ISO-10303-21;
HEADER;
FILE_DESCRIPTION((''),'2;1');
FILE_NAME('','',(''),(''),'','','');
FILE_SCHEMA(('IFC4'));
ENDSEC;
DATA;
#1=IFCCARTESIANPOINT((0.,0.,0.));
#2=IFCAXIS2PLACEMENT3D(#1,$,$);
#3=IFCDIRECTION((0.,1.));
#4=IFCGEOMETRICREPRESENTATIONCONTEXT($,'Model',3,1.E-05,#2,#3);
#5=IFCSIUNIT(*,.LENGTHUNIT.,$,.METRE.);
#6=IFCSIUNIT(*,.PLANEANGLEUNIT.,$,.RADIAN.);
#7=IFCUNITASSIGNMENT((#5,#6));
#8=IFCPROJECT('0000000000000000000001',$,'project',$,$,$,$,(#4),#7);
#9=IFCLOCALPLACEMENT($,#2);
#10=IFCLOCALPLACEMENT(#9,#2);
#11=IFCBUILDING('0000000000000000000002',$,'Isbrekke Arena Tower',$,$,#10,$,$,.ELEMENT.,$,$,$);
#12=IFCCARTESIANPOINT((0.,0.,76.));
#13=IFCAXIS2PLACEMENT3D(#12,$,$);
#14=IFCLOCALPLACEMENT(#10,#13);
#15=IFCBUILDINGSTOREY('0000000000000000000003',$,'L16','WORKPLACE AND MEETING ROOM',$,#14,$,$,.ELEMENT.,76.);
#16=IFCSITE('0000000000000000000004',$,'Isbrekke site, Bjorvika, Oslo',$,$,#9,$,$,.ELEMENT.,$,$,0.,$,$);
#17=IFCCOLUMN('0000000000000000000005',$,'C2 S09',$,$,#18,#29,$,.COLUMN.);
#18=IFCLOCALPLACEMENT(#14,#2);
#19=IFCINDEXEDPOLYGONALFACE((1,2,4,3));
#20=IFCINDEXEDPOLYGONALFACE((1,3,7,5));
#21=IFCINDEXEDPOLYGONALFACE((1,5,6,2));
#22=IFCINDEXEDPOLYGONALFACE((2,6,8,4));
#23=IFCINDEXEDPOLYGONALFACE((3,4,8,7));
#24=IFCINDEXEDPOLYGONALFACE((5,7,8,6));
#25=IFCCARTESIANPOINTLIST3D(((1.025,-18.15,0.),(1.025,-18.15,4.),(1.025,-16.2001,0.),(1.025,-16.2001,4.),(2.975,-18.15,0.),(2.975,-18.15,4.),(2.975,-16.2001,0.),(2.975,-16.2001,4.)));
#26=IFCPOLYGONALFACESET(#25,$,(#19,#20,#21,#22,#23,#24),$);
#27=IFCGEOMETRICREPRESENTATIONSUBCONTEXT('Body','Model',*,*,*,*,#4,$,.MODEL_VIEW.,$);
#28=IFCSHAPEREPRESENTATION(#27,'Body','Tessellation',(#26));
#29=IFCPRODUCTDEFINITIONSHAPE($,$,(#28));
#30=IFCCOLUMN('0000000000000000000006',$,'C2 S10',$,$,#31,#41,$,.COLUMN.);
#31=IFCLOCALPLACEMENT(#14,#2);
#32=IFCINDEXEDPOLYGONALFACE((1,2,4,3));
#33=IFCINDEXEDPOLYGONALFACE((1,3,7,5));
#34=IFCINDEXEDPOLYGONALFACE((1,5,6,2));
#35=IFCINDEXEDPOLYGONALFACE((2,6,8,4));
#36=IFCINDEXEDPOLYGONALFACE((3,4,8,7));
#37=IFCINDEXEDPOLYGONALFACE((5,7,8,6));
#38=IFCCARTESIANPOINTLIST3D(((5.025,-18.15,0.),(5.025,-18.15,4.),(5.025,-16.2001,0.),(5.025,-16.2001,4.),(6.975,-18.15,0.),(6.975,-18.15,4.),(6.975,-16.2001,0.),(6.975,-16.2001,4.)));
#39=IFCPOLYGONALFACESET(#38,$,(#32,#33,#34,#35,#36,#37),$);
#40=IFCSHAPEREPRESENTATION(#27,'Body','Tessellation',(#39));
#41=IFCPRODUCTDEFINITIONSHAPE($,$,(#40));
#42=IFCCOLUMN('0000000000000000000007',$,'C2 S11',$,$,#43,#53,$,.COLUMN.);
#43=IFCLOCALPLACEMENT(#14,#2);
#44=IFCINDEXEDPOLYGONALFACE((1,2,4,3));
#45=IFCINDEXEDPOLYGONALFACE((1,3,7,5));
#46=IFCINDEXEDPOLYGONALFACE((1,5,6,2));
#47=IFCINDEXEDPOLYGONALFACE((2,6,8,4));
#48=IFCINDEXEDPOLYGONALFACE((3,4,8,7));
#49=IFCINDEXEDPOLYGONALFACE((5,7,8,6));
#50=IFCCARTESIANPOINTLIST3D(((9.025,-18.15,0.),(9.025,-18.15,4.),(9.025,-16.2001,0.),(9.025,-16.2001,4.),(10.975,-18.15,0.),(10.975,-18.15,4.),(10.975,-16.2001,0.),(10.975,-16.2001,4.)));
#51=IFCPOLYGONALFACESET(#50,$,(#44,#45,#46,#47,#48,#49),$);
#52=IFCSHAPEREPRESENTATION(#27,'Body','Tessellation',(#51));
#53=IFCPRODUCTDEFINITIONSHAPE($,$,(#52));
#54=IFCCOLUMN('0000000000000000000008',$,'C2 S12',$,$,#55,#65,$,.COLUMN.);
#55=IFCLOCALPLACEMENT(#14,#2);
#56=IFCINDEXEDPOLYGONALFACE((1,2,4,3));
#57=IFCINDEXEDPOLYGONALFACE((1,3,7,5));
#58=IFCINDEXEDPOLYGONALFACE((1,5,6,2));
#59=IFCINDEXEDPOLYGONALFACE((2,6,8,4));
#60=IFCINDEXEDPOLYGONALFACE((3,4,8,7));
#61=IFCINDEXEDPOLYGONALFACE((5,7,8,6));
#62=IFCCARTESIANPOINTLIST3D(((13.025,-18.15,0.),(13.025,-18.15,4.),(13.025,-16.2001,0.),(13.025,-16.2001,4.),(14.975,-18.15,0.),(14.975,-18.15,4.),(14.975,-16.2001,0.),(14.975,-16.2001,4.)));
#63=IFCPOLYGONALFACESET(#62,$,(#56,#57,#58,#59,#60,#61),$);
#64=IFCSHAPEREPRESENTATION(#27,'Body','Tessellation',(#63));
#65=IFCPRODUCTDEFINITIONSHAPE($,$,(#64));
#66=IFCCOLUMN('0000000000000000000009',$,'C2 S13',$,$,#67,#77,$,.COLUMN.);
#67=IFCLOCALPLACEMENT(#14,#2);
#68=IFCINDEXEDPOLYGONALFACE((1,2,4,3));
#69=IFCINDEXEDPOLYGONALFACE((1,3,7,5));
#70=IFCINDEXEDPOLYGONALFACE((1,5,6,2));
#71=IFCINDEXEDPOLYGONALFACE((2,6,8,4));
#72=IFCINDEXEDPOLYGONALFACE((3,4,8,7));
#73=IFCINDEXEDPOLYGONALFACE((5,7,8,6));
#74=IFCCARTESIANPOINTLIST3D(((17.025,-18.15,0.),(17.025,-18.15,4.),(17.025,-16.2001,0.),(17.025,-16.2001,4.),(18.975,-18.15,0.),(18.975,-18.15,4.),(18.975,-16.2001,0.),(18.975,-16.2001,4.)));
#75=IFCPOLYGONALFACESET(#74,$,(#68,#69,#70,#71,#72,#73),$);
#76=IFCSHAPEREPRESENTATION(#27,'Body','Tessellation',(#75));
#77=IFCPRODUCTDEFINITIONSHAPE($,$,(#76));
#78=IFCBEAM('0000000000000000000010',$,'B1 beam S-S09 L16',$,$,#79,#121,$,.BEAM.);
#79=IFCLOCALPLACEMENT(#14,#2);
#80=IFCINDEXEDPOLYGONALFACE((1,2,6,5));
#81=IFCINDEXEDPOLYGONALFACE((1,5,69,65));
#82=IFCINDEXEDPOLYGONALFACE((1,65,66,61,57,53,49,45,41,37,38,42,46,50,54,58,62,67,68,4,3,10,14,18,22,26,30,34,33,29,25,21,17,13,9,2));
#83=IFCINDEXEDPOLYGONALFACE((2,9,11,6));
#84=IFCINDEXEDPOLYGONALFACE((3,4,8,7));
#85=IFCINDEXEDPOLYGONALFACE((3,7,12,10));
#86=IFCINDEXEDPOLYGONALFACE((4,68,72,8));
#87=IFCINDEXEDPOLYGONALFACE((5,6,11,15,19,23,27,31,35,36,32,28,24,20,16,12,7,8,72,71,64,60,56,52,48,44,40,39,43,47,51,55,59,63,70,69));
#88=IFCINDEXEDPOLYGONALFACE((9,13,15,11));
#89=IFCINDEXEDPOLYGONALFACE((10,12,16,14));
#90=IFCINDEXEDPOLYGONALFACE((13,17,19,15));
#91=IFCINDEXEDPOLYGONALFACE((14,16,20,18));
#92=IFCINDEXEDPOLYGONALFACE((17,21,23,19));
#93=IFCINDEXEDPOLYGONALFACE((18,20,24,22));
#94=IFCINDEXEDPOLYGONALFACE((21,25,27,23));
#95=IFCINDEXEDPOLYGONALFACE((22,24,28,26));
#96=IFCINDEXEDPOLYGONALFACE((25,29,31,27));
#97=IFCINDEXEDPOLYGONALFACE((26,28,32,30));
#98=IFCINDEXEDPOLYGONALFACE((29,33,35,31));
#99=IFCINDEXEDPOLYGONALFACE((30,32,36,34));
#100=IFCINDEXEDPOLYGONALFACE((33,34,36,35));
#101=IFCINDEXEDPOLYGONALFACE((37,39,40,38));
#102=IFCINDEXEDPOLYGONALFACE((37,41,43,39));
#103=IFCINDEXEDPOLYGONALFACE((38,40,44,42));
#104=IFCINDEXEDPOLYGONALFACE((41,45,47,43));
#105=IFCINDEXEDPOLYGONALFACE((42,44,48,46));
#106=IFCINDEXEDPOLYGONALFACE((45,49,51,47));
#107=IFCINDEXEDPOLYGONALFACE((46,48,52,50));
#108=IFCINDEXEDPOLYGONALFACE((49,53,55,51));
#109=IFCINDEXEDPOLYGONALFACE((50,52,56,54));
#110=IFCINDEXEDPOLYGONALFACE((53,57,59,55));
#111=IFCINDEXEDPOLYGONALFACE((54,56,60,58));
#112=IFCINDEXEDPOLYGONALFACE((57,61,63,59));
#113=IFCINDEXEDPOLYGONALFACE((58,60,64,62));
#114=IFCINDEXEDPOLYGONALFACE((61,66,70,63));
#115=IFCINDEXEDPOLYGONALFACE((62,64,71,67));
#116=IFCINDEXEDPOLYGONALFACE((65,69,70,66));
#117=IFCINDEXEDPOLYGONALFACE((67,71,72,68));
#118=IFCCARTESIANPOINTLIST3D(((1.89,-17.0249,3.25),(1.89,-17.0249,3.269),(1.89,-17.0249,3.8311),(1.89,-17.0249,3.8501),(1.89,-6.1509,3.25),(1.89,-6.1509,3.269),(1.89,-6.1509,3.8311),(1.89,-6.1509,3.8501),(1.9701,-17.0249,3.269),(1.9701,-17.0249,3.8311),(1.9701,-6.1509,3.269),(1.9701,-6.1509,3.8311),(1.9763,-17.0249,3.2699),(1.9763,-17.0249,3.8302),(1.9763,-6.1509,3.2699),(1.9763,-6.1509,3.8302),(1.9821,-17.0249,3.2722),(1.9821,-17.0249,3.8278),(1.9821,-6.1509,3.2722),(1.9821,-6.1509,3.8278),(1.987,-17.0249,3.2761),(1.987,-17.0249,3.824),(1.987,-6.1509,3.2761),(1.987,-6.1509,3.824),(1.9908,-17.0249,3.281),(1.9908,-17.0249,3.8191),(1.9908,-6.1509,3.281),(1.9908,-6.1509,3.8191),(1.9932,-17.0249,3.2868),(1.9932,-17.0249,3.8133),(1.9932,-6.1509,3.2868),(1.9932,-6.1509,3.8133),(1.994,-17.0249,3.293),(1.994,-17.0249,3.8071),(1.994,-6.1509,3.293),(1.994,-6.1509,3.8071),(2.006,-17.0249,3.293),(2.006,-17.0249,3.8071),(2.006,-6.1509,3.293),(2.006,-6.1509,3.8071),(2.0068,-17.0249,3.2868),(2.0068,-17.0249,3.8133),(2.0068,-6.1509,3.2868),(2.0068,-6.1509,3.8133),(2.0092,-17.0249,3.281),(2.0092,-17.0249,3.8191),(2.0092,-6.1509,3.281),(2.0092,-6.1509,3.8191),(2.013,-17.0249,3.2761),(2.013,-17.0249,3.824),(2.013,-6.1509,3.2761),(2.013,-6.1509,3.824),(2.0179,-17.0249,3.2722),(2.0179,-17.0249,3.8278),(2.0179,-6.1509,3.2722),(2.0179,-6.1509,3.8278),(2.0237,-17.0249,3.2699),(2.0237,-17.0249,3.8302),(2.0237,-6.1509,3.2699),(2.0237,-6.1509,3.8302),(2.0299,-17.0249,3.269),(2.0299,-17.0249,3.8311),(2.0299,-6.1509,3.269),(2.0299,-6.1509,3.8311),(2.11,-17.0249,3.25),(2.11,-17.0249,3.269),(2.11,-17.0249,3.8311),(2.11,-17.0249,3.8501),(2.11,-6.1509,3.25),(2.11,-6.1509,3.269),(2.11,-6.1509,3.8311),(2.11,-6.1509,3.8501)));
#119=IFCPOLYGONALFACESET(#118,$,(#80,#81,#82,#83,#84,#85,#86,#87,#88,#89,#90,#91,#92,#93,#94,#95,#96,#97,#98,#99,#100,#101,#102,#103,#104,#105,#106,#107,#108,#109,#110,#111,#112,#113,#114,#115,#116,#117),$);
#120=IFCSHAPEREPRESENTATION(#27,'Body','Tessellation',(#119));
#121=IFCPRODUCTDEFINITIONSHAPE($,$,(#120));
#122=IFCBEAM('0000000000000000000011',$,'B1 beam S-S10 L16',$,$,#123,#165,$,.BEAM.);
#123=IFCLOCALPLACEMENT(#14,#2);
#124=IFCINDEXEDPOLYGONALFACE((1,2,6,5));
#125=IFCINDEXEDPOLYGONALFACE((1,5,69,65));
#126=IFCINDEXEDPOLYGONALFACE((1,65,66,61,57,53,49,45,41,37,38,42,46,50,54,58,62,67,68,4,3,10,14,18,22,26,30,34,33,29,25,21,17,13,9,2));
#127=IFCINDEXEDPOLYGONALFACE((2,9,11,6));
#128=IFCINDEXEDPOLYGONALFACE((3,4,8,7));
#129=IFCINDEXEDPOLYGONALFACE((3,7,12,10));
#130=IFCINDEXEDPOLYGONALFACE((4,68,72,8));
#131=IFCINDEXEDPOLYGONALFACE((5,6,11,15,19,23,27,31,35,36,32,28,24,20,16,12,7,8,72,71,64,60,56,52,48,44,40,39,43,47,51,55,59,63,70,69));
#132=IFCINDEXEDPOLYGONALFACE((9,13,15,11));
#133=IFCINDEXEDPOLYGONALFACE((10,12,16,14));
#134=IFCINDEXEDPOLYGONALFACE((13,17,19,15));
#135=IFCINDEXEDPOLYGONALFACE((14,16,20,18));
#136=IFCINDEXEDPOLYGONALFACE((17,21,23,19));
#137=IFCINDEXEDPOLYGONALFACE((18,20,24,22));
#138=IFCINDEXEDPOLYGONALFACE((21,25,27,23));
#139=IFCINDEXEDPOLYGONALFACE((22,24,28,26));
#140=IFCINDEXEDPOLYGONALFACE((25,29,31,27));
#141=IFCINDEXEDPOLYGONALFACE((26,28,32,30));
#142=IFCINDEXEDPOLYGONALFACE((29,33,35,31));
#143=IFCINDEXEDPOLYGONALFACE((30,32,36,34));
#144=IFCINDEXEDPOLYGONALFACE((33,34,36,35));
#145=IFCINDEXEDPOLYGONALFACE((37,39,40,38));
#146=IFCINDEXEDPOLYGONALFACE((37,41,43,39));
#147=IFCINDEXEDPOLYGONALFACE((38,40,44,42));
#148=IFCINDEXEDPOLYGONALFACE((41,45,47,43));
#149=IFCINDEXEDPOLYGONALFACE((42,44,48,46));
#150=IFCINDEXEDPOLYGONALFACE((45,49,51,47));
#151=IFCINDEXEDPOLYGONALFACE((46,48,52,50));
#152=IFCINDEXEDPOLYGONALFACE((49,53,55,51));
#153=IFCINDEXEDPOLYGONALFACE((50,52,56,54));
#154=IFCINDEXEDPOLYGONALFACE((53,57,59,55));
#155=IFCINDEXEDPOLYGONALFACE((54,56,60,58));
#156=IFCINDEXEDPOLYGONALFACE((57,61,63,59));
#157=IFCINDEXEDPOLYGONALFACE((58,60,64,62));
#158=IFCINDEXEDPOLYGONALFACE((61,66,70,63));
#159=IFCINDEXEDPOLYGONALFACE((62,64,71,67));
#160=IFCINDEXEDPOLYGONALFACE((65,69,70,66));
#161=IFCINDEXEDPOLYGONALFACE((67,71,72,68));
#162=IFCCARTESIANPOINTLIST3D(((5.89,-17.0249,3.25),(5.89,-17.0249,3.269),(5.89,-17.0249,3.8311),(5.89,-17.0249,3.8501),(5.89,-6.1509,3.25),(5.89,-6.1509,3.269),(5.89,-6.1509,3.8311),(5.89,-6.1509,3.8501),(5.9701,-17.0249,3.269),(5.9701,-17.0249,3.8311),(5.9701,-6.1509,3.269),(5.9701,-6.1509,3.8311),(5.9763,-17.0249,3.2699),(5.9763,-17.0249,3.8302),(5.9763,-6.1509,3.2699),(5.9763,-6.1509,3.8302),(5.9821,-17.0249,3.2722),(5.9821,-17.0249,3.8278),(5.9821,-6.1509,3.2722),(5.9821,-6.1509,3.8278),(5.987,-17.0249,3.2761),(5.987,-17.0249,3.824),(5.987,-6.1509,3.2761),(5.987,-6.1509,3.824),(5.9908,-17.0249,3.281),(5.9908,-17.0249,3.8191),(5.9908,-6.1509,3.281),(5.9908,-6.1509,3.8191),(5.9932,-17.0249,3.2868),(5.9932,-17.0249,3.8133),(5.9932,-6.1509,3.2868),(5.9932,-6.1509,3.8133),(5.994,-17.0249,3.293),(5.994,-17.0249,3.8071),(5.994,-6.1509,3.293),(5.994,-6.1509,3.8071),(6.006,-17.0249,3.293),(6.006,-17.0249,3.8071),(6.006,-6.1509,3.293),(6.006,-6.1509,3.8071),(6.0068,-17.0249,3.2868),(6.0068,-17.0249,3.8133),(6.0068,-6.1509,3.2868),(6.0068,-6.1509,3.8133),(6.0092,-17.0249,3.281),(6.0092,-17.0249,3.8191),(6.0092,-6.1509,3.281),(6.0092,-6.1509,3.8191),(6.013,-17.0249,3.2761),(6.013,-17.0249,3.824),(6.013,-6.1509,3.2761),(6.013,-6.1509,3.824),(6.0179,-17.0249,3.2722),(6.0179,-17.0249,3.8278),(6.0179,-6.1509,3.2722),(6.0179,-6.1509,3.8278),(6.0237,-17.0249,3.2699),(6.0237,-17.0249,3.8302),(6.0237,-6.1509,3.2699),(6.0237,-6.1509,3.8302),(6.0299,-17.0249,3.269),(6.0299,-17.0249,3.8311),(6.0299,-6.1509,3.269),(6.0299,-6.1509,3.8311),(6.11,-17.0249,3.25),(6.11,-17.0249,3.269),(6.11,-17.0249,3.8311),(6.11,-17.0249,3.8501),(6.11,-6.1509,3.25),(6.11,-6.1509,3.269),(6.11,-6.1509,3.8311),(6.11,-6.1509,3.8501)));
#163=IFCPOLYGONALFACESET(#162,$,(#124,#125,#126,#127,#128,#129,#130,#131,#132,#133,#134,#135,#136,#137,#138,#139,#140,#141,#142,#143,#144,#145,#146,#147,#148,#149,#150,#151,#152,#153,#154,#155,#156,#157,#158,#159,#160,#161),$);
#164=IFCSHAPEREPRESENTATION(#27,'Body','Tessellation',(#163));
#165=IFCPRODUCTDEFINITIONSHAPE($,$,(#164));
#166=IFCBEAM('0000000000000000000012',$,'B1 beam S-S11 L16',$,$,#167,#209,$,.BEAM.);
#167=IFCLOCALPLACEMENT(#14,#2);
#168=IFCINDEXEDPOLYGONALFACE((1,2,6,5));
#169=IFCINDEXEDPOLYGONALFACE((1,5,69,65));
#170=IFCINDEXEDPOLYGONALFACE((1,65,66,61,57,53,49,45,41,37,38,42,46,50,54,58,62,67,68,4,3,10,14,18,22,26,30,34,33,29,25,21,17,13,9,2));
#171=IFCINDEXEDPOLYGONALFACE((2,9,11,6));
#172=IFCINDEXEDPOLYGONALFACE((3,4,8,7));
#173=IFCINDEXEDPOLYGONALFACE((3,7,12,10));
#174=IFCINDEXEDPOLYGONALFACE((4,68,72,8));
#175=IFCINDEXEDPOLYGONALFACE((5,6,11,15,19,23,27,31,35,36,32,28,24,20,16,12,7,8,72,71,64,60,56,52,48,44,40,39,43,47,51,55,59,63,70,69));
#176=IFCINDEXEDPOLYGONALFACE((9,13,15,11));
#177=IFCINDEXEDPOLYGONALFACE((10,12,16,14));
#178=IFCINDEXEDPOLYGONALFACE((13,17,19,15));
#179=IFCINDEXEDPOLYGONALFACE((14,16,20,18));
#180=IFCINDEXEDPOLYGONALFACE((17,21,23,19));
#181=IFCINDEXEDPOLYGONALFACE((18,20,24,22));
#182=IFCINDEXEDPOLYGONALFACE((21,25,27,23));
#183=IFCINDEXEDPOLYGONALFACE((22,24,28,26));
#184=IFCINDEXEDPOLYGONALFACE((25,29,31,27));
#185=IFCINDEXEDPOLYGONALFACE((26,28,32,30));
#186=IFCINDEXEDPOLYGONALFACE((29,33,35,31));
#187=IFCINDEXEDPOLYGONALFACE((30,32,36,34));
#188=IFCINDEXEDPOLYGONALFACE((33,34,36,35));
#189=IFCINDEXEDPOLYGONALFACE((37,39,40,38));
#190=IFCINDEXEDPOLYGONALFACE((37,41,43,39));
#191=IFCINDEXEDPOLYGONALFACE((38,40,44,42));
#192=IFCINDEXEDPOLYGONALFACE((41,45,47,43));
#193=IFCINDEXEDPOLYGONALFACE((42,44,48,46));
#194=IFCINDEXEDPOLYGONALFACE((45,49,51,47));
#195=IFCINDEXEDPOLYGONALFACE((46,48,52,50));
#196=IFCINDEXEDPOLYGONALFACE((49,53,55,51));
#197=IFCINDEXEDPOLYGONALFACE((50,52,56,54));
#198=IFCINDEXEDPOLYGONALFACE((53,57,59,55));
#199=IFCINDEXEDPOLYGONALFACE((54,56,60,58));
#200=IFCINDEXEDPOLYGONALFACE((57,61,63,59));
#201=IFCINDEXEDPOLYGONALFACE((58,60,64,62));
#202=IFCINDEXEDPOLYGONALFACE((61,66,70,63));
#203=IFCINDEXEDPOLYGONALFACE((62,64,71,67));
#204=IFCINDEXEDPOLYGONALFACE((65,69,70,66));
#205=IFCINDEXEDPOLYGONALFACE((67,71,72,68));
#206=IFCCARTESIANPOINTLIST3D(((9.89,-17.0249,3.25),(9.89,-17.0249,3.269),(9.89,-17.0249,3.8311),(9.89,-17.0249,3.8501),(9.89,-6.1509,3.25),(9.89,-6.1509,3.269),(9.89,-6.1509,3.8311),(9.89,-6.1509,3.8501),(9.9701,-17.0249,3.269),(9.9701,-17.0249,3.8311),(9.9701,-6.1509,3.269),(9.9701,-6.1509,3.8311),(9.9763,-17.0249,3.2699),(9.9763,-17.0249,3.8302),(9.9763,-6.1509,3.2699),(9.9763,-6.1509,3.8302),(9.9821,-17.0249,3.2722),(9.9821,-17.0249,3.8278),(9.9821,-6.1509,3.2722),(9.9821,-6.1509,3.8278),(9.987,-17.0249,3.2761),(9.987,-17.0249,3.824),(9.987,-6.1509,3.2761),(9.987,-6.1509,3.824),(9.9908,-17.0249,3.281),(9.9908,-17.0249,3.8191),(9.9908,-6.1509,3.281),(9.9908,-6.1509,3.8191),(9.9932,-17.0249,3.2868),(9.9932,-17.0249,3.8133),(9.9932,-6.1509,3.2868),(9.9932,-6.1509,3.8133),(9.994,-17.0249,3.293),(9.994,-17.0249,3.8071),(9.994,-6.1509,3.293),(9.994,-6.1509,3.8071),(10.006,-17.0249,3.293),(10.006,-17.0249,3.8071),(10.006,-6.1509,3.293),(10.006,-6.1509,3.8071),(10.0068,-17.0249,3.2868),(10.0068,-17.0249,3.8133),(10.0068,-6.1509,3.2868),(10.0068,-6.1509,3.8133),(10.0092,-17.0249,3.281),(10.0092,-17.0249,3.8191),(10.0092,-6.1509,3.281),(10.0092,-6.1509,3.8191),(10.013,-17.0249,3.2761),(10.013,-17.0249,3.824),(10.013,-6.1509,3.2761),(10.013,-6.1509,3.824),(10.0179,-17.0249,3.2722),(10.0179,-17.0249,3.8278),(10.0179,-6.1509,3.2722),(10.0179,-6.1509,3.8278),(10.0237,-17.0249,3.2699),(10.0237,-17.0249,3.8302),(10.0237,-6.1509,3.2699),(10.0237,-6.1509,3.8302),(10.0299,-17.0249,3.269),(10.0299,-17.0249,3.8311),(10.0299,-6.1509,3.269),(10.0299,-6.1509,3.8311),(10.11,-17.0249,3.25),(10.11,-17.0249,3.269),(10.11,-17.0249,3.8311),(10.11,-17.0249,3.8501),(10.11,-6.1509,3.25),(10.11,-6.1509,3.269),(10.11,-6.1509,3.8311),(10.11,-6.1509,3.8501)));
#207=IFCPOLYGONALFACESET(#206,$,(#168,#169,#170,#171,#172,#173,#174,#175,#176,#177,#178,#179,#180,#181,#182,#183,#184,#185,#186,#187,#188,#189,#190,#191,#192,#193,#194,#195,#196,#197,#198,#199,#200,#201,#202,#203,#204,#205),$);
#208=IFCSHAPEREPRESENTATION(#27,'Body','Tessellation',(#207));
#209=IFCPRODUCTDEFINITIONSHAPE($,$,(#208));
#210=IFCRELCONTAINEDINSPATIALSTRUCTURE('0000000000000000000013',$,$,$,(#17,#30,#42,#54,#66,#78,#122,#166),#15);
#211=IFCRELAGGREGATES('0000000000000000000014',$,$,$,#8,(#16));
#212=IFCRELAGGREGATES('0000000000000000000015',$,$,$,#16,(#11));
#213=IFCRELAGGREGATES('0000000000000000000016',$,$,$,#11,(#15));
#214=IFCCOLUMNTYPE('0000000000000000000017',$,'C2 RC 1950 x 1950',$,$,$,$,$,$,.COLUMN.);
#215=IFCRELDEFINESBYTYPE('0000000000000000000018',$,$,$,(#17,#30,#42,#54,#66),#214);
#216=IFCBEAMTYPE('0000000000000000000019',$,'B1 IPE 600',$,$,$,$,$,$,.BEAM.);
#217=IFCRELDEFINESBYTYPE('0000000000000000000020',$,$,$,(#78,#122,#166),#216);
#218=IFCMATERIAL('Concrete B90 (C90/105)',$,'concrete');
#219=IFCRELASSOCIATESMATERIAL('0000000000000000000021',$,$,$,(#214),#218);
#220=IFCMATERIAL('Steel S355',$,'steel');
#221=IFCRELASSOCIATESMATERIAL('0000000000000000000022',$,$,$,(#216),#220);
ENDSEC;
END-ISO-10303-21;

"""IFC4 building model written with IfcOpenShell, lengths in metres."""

from ifc_helpers import new_model, si_unit, direction, frame, origin, origin_2d, place, context, subcontext, project, spatial, rectangle, i_section, extrude, material, material_profile, profile_set, type_object, element, save


model = new_model("IFC4")

# Units and contexts
model_context = context("Model", 3, precision=1e-05, world=origin(), true_north=direction((0.0, 1.0)))
body_context = subcontext(model_context, "Body", "Model", "MODEL_VIEW")
ifc_project = project(units=[si_unit("LENGTHUNIT", "METRE"), si_unit("PLANEANGLEUNIT", "RADIAN")], contexts=[model_context])

# Site, building, storey
site_placement = place(None, origin())
site = spatial("IfcSite", under=ifc_project, at=site_placement, Name="Isbrekke site, Bjorvika, Oslo", CompositionType="ELEMENT", RefElevation=0.0)
building_placement = place(site_placement, origin())
building = spatial("IfcBuilding", under=site, at=building_placement, Name="Isbrekke Arena Tower", CompositionType="ELEMENT")
storey_placement = place(building_placement, frame((0.0, 0.0, 76.0)))
storey = spatial("IfcBuildingStorey", under=building, at=storey_placement, Name="L16", Description="WORKPLACE AND MEETING ROOM", CompositionType="ELEMENT", Elevation=76.0)

# Columns
ifc_material_1 = material(Name="Concrete B90 (C90/105)", Category="concrete")
ifc_material_profile_1 = material_profile(ifc_material_1, rectangle(XDim=1.95, YDim=1.95, at=origin_2d()), Name="RC 1950x1950")
ifc_profile_set_1 = profile_set([ifc_material_profile_1], Name="Concrete B90 (C90/105)")
column_type = type_object("IfcColumnType", Name="C2 RC 1950 x 1950", PredefinedType="COLUMN", material=ifc_profile_set_1)
for number, where, z_axis, x_axis, name in (
    (1, (2.0, -17.175, 0.0), (0.0, 0.0, 1.0), (1.0, 0.0, 0.0), "C2 S09"),
    (2, (6.0, -17.175, 0.0), (0.0, 0.0, 1.0), (1.0, 0.0, 0.0), "C2 S10"),
    (3, (10.0, -17.175, 0.0), (0.0, 0.0, 1.0), (1.0, 0.0, 0.0), "C2 S11"),
    (4, (14.0, -17.175, 0.0), (0.0, 0.0, 1.0), (1.0, 0.0, 0.0), "C2 S12"),
    (5, (18.0, -17.175, 0.0), (0.0, 0.0, 1.0), (1.0, 0.0, 0.0), "C2 S13"),
):
    element("IfcColumn", number, at=place(storey_placement, frame(where, z_axis=z_axis, x_axis=x_axis)), inside=storey, type_object=column_type, Name=name, PredefinedType="COLUMN", context=body_context, shape_type="SweptSolid", body=[
        extrude(rectangle(XDim=1.95, YDim=1.95, at=origin_2d()), origin(), (0.0, 0.0, 1.0), 4.0),
    ])

# Beams
ifc_material_2 = material(Name="Steel S355", Category="steel")
ifc_material_profile_2 = material_profile(ifc_material_2, i_section(OverallWidth=0.22, OverallDepth=0.6001, WebThickness=0.012, FlangeThickness=0.019, FilletRadius=0.0239, at=origin_2d()), Name="IPE 600")
ifc_profile_set_2 = profile_set([ifc_material_profile_2], Name="Steel S355")
beam_type_1 = type_object("IfcBeamType", Name="B1 IPE 600", PredefinedType="BEAM", material=ifc_profile_set_2)
for number, where, z_axis, x_axis, name in (
    (6, (2.0, -17.0249, 3.55), (0.0, 1.0, 0.0), (-1.0, 0.0, 0.0), "B1 beam S-S09 L16"),
    (7, (6.0, -17.0249, 3.55), (0.0, 1.0, 0.0), (-1.0, 0.0, 0.0), "B1 beam S-S10 L16"),
    (8, (10.0, -17.0249, 3.55), (0.0, 1.0, 0.0), (-1.0, 0.0, 0.0), "B1 beam S-S11 L16"),
):
    element("IfcBeam", number, at=place(storey_placement, frame(where, z_axis=z_axis, x_axis=x_axis)), inside=storey, type_object=beam_type_1, Name=name, PredefinedType="BEAM", context=body_context, shape_type="SweptSolid", body=[
        extrude(i_section(OverallWidth=0.22, OverallDepth=0.6001, WebThickness=0.012, FlangeThickness=0.019, FilletRadius=0.0239, at=origin_2d()), origin(), (0.0, 0.0, 1.0), 10.874),
    ])

save(model, "model.ifc")
